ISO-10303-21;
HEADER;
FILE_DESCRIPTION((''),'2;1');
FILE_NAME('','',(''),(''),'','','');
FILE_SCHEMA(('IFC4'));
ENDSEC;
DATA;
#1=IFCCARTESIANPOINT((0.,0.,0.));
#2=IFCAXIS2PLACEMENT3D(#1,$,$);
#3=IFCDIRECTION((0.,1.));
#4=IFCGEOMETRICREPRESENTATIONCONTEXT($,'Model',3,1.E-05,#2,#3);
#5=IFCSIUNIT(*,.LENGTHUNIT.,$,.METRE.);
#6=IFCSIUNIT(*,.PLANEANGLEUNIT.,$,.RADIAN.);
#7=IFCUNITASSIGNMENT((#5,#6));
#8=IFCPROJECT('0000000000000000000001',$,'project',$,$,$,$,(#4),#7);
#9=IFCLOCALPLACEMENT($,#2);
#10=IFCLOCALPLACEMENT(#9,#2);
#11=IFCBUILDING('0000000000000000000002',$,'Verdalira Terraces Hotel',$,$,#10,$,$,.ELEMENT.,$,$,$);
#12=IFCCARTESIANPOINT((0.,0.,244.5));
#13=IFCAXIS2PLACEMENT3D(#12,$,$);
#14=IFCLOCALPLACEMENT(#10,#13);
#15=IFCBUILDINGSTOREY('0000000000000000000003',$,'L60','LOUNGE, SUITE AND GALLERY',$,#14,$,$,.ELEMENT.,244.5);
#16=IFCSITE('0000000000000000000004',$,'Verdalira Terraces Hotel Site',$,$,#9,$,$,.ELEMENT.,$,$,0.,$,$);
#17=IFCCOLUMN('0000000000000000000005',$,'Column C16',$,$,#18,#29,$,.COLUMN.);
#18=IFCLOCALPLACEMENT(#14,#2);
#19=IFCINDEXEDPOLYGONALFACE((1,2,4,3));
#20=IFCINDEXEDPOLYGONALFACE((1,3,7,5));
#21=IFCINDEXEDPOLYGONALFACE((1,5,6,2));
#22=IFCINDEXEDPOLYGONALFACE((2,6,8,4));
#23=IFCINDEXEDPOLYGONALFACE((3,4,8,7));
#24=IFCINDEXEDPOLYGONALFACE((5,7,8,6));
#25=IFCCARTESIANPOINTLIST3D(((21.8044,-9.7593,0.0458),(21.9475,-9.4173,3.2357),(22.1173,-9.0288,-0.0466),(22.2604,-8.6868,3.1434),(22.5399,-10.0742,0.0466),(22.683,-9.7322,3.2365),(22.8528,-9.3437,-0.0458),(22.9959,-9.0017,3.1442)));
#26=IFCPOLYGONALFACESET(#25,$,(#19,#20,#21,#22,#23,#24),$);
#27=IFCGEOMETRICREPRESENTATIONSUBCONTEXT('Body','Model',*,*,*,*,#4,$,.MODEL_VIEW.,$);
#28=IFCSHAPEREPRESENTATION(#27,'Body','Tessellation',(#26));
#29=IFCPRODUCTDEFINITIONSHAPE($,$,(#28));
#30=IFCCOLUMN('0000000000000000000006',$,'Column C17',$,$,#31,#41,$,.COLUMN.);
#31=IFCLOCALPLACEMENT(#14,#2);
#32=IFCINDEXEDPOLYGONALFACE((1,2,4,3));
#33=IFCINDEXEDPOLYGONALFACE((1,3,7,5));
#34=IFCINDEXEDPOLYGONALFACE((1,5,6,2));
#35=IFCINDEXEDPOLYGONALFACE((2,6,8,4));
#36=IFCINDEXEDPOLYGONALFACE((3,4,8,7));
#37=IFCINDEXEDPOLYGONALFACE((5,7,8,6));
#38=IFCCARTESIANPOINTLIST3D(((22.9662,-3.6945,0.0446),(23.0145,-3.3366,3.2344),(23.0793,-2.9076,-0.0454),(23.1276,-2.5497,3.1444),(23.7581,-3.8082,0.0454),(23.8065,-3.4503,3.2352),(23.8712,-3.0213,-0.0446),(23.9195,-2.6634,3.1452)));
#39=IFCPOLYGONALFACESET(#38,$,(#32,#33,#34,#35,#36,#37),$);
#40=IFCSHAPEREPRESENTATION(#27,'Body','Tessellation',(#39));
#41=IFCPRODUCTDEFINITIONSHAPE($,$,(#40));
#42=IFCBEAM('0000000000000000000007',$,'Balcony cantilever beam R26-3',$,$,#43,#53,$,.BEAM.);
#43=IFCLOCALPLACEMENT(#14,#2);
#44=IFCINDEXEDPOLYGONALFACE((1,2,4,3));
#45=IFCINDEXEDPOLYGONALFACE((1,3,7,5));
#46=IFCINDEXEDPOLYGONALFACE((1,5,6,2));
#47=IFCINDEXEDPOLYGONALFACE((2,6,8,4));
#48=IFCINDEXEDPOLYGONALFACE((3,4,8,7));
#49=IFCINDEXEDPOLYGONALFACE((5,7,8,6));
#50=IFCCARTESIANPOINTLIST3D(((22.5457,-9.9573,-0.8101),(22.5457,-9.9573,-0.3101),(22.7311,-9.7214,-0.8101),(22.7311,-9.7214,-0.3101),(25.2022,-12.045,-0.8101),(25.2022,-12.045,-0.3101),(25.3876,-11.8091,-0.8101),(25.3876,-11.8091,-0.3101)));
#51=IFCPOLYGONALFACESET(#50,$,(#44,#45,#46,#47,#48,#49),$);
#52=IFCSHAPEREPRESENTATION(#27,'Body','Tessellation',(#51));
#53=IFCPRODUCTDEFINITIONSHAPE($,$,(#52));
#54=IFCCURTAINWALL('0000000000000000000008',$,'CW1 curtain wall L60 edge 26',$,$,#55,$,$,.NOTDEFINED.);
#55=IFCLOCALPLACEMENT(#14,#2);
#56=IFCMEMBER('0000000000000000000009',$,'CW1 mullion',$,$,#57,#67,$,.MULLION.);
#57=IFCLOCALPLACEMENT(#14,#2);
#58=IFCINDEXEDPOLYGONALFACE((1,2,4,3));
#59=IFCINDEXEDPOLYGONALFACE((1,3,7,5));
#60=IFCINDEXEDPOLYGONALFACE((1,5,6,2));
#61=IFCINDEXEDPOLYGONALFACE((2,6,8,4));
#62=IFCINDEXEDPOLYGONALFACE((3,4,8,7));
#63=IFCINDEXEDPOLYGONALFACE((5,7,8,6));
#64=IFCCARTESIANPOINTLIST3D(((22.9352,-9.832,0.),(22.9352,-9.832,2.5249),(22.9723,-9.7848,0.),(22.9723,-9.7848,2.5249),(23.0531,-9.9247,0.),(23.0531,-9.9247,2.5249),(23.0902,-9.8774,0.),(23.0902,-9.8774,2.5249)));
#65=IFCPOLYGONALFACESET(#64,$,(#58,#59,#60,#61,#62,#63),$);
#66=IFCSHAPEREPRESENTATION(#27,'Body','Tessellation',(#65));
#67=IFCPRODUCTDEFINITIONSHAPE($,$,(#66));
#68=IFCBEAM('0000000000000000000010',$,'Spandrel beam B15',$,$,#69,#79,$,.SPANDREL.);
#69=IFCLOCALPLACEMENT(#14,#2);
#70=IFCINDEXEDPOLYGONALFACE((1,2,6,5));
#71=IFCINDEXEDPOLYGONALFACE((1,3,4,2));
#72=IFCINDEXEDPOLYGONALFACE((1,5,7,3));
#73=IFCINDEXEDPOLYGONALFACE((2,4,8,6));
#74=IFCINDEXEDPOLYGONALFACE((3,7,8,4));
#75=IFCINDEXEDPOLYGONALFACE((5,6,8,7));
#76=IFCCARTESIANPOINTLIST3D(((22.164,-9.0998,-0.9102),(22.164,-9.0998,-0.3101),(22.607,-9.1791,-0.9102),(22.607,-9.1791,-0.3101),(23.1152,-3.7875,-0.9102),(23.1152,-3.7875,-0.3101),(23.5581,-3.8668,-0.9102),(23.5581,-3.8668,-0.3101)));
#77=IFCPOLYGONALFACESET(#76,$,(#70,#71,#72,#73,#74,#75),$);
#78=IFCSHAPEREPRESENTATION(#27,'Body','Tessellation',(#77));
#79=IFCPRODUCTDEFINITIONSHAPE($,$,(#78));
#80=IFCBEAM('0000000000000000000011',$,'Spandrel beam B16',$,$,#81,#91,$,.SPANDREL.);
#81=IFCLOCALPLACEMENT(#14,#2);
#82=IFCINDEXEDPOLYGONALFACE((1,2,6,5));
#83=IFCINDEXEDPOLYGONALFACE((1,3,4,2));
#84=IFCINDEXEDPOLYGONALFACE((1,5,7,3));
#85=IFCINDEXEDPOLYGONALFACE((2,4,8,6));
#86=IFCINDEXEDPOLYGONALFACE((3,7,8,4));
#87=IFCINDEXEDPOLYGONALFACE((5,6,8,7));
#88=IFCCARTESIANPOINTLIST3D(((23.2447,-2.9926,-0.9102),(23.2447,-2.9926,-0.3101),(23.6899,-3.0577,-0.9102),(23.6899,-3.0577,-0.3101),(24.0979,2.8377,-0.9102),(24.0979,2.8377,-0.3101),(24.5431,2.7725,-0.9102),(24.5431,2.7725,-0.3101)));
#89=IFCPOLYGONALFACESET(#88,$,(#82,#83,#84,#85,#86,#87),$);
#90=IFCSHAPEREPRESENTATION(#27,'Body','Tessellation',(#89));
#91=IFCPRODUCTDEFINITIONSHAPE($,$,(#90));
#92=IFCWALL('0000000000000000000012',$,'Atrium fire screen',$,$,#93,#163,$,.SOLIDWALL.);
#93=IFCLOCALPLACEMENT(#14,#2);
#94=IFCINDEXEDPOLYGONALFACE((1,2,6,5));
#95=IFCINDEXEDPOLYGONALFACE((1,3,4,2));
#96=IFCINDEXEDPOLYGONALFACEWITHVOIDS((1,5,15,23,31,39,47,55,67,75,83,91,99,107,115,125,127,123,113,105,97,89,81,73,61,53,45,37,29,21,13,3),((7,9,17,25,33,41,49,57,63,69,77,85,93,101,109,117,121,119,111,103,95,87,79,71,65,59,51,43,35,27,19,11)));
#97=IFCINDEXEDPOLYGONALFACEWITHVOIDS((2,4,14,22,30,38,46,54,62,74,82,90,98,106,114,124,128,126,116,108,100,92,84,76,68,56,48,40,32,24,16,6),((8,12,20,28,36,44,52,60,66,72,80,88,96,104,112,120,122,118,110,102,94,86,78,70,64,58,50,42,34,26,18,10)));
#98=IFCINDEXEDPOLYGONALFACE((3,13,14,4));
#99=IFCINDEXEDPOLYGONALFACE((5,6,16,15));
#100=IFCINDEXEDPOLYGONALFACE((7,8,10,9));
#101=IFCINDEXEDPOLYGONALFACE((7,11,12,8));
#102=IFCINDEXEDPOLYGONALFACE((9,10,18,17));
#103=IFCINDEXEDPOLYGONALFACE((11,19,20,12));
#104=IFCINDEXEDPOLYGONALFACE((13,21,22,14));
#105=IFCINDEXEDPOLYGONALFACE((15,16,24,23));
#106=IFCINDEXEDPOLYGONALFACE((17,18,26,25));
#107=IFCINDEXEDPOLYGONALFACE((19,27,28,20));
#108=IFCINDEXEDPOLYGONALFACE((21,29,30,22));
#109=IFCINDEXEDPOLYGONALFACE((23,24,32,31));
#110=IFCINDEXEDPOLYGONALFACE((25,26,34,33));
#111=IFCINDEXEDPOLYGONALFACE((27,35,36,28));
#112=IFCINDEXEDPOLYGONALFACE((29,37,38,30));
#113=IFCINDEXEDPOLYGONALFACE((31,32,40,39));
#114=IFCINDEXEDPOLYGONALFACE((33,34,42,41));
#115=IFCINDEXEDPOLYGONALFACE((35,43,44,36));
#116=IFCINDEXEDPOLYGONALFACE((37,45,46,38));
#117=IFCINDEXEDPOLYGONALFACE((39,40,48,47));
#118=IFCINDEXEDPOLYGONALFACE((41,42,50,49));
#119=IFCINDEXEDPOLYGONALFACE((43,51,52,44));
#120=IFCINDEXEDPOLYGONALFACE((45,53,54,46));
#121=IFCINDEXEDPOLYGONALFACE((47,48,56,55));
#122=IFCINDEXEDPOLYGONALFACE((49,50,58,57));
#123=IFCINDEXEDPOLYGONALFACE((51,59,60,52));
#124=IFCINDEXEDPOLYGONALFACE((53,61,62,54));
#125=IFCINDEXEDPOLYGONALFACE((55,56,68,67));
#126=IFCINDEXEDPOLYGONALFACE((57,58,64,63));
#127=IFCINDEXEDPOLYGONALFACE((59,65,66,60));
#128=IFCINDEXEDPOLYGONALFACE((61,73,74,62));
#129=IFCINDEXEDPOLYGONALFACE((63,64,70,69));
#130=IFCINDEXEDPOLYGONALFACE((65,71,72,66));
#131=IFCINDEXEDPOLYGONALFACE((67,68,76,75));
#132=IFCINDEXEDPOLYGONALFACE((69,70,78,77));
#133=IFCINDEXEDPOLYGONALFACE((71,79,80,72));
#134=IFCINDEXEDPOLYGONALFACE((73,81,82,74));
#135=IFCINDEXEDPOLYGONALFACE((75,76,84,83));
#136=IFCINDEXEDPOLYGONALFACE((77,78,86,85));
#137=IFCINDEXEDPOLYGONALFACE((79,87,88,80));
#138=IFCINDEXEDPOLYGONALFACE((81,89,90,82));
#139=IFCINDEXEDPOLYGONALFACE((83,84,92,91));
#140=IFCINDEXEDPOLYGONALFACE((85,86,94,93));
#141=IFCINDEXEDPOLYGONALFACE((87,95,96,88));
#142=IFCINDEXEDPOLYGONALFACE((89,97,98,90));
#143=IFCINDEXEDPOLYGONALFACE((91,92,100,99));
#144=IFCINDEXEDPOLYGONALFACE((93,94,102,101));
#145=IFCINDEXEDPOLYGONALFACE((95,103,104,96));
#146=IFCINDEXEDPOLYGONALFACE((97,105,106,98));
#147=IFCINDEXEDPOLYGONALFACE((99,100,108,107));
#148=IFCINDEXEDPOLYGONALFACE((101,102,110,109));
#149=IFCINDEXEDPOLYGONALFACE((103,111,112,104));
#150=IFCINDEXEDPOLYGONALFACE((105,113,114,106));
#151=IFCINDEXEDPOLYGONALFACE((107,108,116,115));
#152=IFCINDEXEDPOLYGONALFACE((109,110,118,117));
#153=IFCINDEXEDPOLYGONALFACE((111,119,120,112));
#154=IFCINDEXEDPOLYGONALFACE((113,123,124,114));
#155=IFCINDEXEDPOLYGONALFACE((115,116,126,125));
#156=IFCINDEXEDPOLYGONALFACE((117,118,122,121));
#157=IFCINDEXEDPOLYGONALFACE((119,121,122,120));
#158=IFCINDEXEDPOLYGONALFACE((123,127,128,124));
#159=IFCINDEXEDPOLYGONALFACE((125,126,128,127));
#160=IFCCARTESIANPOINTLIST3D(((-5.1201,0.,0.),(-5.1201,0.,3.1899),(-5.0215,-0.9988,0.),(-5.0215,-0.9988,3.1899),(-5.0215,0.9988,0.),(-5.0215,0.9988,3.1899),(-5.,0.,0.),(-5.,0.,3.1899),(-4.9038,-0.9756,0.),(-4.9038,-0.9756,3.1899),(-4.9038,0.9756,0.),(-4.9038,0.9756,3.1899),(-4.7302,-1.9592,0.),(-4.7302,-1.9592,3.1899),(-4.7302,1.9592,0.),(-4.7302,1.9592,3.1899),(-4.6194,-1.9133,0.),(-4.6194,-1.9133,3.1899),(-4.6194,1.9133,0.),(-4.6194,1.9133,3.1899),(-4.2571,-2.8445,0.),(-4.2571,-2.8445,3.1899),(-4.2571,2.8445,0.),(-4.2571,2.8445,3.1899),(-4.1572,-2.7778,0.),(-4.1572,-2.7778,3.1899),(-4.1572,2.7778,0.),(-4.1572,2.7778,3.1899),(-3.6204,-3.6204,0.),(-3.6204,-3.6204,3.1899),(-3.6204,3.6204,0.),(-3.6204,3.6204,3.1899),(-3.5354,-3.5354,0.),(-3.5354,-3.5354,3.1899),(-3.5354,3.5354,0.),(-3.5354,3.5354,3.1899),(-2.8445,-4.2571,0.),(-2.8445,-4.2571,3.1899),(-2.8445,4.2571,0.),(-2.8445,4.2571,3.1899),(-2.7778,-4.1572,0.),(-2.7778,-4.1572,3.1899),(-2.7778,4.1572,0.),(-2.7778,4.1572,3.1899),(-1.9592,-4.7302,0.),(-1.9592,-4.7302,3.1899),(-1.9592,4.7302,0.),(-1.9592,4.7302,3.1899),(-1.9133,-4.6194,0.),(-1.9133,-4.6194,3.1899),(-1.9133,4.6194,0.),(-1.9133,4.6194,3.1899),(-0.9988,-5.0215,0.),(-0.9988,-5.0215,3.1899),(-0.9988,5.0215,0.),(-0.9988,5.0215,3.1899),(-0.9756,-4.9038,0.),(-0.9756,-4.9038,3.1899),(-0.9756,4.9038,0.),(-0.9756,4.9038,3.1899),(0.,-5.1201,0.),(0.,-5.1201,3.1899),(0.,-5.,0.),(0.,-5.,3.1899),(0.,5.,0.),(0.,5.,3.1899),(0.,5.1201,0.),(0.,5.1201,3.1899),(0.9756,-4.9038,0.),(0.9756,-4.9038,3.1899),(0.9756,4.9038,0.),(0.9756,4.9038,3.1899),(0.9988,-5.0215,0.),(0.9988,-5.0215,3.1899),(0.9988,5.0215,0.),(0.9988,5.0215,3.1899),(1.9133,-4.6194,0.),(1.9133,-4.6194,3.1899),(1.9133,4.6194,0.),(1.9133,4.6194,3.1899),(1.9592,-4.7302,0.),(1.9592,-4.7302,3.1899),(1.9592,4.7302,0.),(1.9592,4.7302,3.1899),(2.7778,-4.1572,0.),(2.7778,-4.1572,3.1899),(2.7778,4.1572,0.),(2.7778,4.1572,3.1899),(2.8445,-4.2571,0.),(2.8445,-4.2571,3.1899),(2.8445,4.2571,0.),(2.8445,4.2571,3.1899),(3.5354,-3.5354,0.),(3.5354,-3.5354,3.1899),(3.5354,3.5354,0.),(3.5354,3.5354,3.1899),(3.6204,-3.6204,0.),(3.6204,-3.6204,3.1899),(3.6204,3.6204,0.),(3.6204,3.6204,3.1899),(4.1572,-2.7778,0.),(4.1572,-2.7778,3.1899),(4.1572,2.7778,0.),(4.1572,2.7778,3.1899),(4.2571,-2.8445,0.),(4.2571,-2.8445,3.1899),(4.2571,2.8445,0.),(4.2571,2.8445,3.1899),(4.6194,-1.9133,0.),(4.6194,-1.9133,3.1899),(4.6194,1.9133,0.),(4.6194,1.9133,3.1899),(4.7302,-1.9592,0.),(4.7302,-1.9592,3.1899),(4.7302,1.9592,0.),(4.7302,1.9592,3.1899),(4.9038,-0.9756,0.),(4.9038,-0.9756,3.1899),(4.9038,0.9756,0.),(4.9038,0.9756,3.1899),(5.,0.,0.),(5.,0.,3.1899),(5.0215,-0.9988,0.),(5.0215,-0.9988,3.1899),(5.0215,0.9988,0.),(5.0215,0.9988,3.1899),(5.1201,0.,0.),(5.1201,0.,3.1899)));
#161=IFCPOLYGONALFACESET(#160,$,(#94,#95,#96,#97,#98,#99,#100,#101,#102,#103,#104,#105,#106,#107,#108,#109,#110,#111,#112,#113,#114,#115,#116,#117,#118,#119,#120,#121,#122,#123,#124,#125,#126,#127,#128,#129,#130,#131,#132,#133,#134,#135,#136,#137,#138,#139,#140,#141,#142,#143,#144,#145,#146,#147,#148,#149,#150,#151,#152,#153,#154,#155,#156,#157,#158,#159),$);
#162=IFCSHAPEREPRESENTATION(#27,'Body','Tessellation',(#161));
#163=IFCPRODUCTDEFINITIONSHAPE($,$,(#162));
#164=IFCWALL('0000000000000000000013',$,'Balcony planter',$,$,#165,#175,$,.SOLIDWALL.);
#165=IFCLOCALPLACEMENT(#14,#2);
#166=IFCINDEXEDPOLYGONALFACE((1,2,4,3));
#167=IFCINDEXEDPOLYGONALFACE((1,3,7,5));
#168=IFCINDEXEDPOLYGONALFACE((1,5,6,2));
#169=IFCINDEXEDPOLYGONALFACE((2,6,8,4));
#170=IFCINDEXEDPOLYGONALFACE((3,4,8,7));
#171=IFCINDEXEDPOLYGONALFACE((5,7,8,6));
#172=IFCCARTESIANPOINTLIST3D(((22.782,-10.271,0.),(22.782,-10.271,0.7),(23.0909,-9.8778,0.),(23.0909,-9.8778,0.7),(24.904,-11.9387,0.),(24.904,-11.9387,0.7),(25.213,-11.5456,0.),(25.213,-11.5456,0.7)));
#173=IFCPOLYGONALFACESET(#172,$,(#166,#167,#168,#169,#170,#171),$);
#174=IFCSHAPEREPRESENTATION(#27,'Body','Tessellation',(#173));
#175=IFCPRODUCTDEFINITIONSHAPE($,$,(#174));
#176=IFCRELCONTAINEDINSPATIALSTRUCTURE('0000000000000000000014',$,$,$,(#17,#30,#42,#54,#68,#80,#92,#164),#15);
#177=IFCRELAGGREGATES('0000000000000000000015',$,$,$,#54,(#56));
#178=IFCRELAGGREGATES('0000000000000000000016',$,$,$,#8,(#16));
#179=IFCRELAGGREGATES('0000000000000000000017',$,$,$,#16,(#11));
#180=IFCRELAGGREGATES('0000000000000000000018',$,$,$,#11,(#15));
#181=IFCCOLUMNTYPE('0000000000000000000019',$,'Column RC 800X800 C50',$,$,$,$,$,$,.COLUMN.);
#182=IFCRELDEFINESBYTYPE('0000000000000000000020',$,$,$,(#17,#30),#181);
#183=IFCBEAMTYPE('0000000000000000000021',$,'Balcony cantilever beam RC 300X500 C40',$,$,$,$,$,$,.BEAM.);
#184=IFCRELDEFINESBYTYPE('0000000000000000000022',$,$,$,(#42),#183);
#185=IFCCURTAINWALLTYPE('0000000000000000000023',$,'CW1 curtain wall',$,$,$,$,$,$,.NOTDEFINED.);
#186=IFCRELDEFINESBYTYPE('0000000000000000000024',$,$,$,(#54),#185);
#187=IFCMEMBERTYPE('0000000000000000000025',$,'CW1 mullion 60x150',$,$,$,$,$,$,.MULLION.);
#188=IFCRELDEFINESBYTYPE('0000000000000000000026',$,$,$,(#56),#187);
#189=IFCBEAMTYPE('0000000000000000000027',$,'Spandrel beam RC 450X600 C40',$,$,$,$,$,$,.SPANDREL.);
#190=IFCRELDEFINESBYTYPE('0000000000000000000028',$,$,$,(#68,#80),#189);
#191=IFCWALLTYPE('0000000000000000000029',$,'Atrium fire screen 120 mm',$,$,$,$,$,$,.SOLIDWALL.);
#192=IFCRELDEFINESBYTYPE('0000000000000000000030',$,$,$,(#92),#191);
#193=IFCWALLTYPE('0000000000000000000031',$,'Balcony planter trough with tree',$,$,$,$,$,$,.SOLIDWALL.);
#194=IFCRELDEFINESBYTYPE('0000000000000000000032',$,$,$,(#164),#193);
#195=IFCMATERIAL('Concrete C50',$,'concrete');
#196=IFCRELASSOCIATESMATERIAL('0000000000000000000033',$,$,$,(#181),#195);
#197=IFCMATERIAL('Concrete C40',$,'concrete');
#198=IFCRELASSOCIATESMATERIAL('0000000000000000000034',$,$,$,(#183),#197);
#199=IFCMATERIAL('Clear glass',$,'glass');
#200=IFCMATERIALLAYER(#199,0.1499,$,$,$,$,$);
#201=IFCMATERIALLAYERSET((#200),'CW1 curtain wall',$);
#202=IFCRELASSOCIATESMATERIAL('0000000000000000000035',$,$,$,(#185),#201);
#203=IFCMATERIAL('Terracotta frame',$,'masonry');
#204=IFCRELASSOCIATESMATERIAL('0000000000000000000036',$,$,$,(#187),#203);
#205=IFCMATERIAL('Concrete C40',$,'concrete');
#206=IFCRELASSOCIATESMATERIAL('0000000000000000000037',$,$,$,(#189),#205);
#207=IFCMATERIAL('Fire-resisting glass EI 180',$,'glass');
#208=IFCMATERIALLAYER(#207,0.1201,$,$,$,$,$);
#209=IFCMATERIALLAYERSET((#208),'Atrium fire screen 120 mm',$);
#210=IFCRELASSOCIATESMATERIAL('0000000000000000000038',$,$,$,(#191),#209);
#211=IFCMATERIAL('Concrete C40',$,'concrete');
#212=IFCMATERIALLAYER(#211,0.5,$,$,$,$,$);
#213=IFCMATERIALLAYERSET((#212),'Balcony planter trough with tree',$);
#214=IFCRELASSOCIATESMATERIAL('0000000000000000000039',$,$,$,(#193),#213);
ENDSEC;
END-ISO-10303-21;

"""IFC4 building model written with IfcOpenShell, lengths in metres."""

from ifc_helpers import new_model, si_unit, direction, frame, frame_2d, origin, origin_2d, place, context, subcontext, project, spatial, polyline, rectangle, outline, extrude, material, layer, layer_set, material_profile, profile_set, type_object, element, aggregate, save


model = new_model("IFC4")

# Units and contexts
model_context = context("Model", 3, precision=1e-05, world=origin(), true_north=direction((0.0, 1.0)))
body_context = subcontext(model_context, "Body", "Model", "MODEL_VIEW")
ifc_project = project(units=[si_unit("LENGTHUNIT", "METRE"), si_unit("PLANEANGLEUNIT", "RADIAN")], contexts=[model_context])

# Site, building, storey
site_placement = place(None, origin())
site = spatial("IfcSite", under=ifc_project, at=site_placement, Name="Verdalira Terraces Hotel Site", CompositionType="ELEMENT", RefElevation=0.0)
building_placement = place(site_placement, origin())
building = spatial("IfcBuilding", under=site, at=building_placement, Name="Verdalira Terraces Hotel", CompositionType="ELEMENT")
storey_placement = place(building_placement, frame((0.0, 0.0, 244.5)))
storey = spatial("IfcBuildingStorey", under=building, at=storey_placement, Name="L60", Description="LOUNGE, SUITE AND GALLERY", CompositionType="ELEMENT", Elevation=244.5)

# Columns
ifc_material_1 = material(Name="Concrete C50", Category="concrete")
ifc_material_profile_1 = material_profile(ifc_material_1, rectangle(XDim=0.8, YDim=0.8, at=origin_2d()), Name="RC 800X800")
ifc_profile_set_1 = profile_set([ifc_material_profile_1], Name="Concrete C50")
column_type = type_object("IfcColumnType", Name="Column RC 800X800 C50", PredefinedType="COLUMN", material=ifc_profile_set_1)
column_1_placement = place(storey_placement, frame((22.3286, -9.5515, 0.0), z_axis=(0.044549, 0.106508, 0.993313), x_axis=(-0.391064, -0.913094, 0.115445)))
element("IfcColumn", 1, at=column_1_placement, inside=storey, type_object=column_type, Name="Column C16", PredefinedType="COLUMN", context=body_context, shape_type="SweptSolid", body=[
    extrude(rectangle(XDim=0.8, YDim=0.8, at=origin_2d()), origin(), (0.0, 0.0, 1.0), 3.2114),
])
column_2_placement = place(storey_placement, frame((23.4187, -3.3579, 0.0), z_axis=(0.015058, 0.111487, 0.993652), x_axis=(0.141347, 0.983547, -0.112496)))
element("IfcColumn", 2, at=column_2_placement, inside=storey, type_object=column_type, Name="Column C17", PredefinedType="COLUMN", context=body_context, shape_type="SweptSolid", body=[
    extrude(rectangle(XDim=0.8, YDim=0.8, at=origin_2d()), origin(), (0.0, 0.0, 1.0), 3.2102),
])

# Beam
ifc_material_2 = material(Name="Concrete C40", Category="concrete")
ifc_material_profile_2 = material_profile(ifc_material_2, rectangle(XDim=0.3, YDim=0.5, at=origin_2d()), Name="RC 300X500")
ifc_profile_set_2 = profile_set([ifc_material_profile_2], Name="Concrete C40")
beam_type_1 = type_object("IfcBeamType", Name="Balcony cantilever beam RC 300X500 C40", PredefinedType="BEAM", material=ifc_profile_set_2)
beam_1_placement = place(storey_placement, frame((22.6384, -9.8394, -0.5601), z_axis=(0.786261, -0.617895, 0.0), x_axis=(0.617895, 0.786261, 0.0)))
element("IfcBeam", 3, at=beam_1_placement, inside=storey, type_object=beam_type_1, Name="Balcony cantilever beam R26-3", PredefinedType="BEAM", context=body_context, shape_type="SweptSolid", body=[
    extrude(rectangle(XDim=0.3, YDim=0.5, at=origin_2d()), origin(), (0.0, 0.0, 1.0), 3.3787),
])

# Curtain wall, member
ifc_material_3 = material(Name="Clear glass", Category="glass")
ifc_layer_1 = layer(ifc_material_3, 0.1499)
ifc_layer_set_1 = layer_set([ifc_layer_1], Name="CW1 curtain wall")
curtain_wall_type = type_object("IfcCurtainWallType", Name="CW1 curtain wall", PredefinedType="NOTDEFINED", material=ifc_layer_set_1)
curtain_wall_placement = place(storey_placement, origin())
curtain_wall = element("IfcCurtainWall", 4, at=curtain_wall_placement, inside=storey, type_object=curtain_wall_type, Name="CW1 curtain wall L60 edge 26", PredefinedType="NOTDEFINED")
ifc_material_4 = material(Name="Terracotta frame", Category="masonry")
ifc_material_profile_3 = material_profile(ifc_material_4, rectangle(XDim=0.0601, YDim=0.1499, at=origin_2d()), Name="MU 60x150")
ifc_profile_set_3 = profile_set([ifc_material_profile_3], Name="Terracotta frame")
member_type = type_object("IfcMemberType", Name="CW1 mullion 60x150", PredefinedType="MULLION", material=ifc_profile_set_3)
member_placement = place(storey_placement, frame((23.0127, -9.8547, 0.0), z_axis=(0.0, 0.0, 1.0), x_axis=(0.61786, 0.786288, 0.0)))
member = element("IfcMember", 5, at=member_placement, type_object=member_type, Name="CW1 mullion", PredefinedType="MULLION", context=body_context, shape_type="SweptSolid", body=[
    extrude(rectangle(XDim=0.0601, YDim=0.1499, at=origin_2d()), origin(), (0.0, 0.0, 1.0), 2.5249),
])
aggregate(curtain_wall, [member])

# Beams
ifc_material_5 = material(Name="Concrete C40", Category="concrete")
ifc_material_profile_4 = material_profile(ifc_material_5, rectangle(XDim=0.45, YDim=0.6001, at=origin_2d()), Name="RC 450X600")
ifc_profile_set_4 = profile_set([ifc_material_profile_4], Name="Concrete C40")
beam_type_2 = type_object("IfcBeamType", Name="Spandrel beam RC 450X600 C40", PredefinedType="SPANDREL", material=ifc_profile_set_4)
beam_2_placement = place(storey_placement, frame((22.3855, -9.1394, -0.6101), z_axis=(0.176249, 0.984346, 0.0), x_axis=(-0.984346, 0.176249, 0.0)))
element("IfcBeam", 6, at=beam_2_placement, inside=storey, type_object=beam_type_2, Name="Spandrel beam B15", PredefinedType="SPANDREL", context=body_context, shape_type="SweptSolid", body=[
    extrude(rectangle(XDim=0.45, YDim=0.6001, at=origin_2d()), origin(), (0.0, 0.0, 1.0), 5.3967),
])
beam_3_placement = place(storey_placement, frame((23.4673, -3.0251, -0.6101), z_axis=(0.144808, 0.98946, 0.0), x_axis=(-0.98946, 0.144808, 0.0)))
element("IfcBeam", 7, at=beam_3_placement, inside=storey, type_object=beam_type_2, Name="Spandrel beam B16", PredefinedType="SPANDREL", context=body_context, shape_type="SweptSolid", body=[
    extrude(rectangle(XDim=0.45, YDim=0.6001, at=origin_2d()), origin(), (0.0, 0.0, 1.0), 5.8923),
])

# Walls
ifc_material_6 = material(Name="Fire-resisting glass EI 180", Category="glass")
ifc_layer_2 = layer(ifc_material_6, 0.1201)
ifc_layer_set_2 = layer_set([ifc_layer_2], Name="Atrium fire screen 120 mm")
wall_type_1 = type_object("IfcWallType", Name="Atrium fire screen 120 mm", PredefinedType="SOLIDWALL", material=ifc_layer_set_2)
wall_1_placement = place(storey_placement, origin())
element("IfcWall", 8, at=wall_1_placement, inside=storey, type_object=wall_type_1, Name="Atrium fire screen", PredefinedType="SOLIDWALL", context=body_context, shape_type="SweptSolid", body=[
    extrude(outline(polyline([(5.0215, -0.9988), (4.7302, -1.9592), (4.2571, -2.8445), (3.6204, -3.6204), (2.8445, -4.2571), (1.9592, -4.7302), (0.9988, -5.0215), (0.0, -5.1201), (-0.9988, -5.0215), (-1.9592, -4.7302), (-2.8445, -4.2571), (-3.6204, -3.6204), (-4.2571, -2.8445), (-4.7302, -1.9592), (-5.0215, -0.9988), (-5.1201, 0.0), (-5.0215, 0.9988), (-4.7302, 1.9592), (-4.2571, 2.8445), (-3.6204, 3.6204), (-2.8445, 4.2571), (-1.9592, 4.7302), (-0.9988, 5.0215), (0.0, 5.1201), (0.9988, 5.0215), (1.9592, 4.7302), (2.8445, 4.2571), (3.6204, 3.6204), (4.2571, 2.8445), (4.7302, 1.9592), (5.0215, 0.9988), (5.1201, 0.0), (5.0215, -0.9988)]), holes=[polyline([(4.9038, 0.9756), (4.6194, 1.9133), (4.1572, 2.7778), (3.5354, 3.5354), (2.7778, 4.1572), (1.9133, 4.6194), (0.9756, 4.9038), (0.0, 5.0), (-0.9756, 4.9038), (-1.9133, 4.6194), (-2.7778, 4.1572), (-3.5354, 3.5354), (-4.1572, 2.7778), (-4.6194, 1.9133), (-4.9038, 0.9756), (-5.0, 0.0), (-4.9038, -0.9756), (-4.6194, -1.9133), (-4.1572, -2.7778), (-3.5354, -3.5354), (-2.7778, -4.1572), (-1.9133, -4.6194), (-0.9756, -4.9038), (0.0, -5.0), (0.9756, -4.9038), (1.9133, -4.6194), (2.7778, -4.1572), (3.5354, -3.5354), (4.1572, -2.7778), (4.6194, -1.9133), (4.9038, -0.9756), (5.0, 0.0), (4.9038, 0.9756)])]), origin(), (0.0, 0.0, 1.0), 3.1899),
])
ifc_material_7 = material(Name="Concrete C40", Category="concrete")
ifc_layer_3 = layer(ifc_material_7, 0.5)
ifc_layer_set_3 = layer_set([ifc_layer_3], Name="Balcony planter trough with tree")
wall_type_2 = type_object("IfcWallType", Name="Balcony planter trough with tree", PredefinedType="SOLIDWALL", material=ifc_layer_set_3)
wall_2_placement = place(storey_placement, frame((25.0586, -11.7422, 0.0), z_axis=(0.0, 0.0, 1.0), x_axis=(-0.786249, 0.617909, 0.0)))
element("IfcWall", 9, at=wall_2_placement, inside=storey, type_object=wall_type_2, Name="Balcony planter", PredefinedType="SOLIDWALL", context=body_context, shape_type="SweptSolid", body=[
    extrude(rectangle(XDim=2.699, YDim=0.5, at=frame_2d((1.3496, 0.0))), origin(), (0.0, 0.0, 1.0), 0.7),
])

save(model, "model.ifc")
